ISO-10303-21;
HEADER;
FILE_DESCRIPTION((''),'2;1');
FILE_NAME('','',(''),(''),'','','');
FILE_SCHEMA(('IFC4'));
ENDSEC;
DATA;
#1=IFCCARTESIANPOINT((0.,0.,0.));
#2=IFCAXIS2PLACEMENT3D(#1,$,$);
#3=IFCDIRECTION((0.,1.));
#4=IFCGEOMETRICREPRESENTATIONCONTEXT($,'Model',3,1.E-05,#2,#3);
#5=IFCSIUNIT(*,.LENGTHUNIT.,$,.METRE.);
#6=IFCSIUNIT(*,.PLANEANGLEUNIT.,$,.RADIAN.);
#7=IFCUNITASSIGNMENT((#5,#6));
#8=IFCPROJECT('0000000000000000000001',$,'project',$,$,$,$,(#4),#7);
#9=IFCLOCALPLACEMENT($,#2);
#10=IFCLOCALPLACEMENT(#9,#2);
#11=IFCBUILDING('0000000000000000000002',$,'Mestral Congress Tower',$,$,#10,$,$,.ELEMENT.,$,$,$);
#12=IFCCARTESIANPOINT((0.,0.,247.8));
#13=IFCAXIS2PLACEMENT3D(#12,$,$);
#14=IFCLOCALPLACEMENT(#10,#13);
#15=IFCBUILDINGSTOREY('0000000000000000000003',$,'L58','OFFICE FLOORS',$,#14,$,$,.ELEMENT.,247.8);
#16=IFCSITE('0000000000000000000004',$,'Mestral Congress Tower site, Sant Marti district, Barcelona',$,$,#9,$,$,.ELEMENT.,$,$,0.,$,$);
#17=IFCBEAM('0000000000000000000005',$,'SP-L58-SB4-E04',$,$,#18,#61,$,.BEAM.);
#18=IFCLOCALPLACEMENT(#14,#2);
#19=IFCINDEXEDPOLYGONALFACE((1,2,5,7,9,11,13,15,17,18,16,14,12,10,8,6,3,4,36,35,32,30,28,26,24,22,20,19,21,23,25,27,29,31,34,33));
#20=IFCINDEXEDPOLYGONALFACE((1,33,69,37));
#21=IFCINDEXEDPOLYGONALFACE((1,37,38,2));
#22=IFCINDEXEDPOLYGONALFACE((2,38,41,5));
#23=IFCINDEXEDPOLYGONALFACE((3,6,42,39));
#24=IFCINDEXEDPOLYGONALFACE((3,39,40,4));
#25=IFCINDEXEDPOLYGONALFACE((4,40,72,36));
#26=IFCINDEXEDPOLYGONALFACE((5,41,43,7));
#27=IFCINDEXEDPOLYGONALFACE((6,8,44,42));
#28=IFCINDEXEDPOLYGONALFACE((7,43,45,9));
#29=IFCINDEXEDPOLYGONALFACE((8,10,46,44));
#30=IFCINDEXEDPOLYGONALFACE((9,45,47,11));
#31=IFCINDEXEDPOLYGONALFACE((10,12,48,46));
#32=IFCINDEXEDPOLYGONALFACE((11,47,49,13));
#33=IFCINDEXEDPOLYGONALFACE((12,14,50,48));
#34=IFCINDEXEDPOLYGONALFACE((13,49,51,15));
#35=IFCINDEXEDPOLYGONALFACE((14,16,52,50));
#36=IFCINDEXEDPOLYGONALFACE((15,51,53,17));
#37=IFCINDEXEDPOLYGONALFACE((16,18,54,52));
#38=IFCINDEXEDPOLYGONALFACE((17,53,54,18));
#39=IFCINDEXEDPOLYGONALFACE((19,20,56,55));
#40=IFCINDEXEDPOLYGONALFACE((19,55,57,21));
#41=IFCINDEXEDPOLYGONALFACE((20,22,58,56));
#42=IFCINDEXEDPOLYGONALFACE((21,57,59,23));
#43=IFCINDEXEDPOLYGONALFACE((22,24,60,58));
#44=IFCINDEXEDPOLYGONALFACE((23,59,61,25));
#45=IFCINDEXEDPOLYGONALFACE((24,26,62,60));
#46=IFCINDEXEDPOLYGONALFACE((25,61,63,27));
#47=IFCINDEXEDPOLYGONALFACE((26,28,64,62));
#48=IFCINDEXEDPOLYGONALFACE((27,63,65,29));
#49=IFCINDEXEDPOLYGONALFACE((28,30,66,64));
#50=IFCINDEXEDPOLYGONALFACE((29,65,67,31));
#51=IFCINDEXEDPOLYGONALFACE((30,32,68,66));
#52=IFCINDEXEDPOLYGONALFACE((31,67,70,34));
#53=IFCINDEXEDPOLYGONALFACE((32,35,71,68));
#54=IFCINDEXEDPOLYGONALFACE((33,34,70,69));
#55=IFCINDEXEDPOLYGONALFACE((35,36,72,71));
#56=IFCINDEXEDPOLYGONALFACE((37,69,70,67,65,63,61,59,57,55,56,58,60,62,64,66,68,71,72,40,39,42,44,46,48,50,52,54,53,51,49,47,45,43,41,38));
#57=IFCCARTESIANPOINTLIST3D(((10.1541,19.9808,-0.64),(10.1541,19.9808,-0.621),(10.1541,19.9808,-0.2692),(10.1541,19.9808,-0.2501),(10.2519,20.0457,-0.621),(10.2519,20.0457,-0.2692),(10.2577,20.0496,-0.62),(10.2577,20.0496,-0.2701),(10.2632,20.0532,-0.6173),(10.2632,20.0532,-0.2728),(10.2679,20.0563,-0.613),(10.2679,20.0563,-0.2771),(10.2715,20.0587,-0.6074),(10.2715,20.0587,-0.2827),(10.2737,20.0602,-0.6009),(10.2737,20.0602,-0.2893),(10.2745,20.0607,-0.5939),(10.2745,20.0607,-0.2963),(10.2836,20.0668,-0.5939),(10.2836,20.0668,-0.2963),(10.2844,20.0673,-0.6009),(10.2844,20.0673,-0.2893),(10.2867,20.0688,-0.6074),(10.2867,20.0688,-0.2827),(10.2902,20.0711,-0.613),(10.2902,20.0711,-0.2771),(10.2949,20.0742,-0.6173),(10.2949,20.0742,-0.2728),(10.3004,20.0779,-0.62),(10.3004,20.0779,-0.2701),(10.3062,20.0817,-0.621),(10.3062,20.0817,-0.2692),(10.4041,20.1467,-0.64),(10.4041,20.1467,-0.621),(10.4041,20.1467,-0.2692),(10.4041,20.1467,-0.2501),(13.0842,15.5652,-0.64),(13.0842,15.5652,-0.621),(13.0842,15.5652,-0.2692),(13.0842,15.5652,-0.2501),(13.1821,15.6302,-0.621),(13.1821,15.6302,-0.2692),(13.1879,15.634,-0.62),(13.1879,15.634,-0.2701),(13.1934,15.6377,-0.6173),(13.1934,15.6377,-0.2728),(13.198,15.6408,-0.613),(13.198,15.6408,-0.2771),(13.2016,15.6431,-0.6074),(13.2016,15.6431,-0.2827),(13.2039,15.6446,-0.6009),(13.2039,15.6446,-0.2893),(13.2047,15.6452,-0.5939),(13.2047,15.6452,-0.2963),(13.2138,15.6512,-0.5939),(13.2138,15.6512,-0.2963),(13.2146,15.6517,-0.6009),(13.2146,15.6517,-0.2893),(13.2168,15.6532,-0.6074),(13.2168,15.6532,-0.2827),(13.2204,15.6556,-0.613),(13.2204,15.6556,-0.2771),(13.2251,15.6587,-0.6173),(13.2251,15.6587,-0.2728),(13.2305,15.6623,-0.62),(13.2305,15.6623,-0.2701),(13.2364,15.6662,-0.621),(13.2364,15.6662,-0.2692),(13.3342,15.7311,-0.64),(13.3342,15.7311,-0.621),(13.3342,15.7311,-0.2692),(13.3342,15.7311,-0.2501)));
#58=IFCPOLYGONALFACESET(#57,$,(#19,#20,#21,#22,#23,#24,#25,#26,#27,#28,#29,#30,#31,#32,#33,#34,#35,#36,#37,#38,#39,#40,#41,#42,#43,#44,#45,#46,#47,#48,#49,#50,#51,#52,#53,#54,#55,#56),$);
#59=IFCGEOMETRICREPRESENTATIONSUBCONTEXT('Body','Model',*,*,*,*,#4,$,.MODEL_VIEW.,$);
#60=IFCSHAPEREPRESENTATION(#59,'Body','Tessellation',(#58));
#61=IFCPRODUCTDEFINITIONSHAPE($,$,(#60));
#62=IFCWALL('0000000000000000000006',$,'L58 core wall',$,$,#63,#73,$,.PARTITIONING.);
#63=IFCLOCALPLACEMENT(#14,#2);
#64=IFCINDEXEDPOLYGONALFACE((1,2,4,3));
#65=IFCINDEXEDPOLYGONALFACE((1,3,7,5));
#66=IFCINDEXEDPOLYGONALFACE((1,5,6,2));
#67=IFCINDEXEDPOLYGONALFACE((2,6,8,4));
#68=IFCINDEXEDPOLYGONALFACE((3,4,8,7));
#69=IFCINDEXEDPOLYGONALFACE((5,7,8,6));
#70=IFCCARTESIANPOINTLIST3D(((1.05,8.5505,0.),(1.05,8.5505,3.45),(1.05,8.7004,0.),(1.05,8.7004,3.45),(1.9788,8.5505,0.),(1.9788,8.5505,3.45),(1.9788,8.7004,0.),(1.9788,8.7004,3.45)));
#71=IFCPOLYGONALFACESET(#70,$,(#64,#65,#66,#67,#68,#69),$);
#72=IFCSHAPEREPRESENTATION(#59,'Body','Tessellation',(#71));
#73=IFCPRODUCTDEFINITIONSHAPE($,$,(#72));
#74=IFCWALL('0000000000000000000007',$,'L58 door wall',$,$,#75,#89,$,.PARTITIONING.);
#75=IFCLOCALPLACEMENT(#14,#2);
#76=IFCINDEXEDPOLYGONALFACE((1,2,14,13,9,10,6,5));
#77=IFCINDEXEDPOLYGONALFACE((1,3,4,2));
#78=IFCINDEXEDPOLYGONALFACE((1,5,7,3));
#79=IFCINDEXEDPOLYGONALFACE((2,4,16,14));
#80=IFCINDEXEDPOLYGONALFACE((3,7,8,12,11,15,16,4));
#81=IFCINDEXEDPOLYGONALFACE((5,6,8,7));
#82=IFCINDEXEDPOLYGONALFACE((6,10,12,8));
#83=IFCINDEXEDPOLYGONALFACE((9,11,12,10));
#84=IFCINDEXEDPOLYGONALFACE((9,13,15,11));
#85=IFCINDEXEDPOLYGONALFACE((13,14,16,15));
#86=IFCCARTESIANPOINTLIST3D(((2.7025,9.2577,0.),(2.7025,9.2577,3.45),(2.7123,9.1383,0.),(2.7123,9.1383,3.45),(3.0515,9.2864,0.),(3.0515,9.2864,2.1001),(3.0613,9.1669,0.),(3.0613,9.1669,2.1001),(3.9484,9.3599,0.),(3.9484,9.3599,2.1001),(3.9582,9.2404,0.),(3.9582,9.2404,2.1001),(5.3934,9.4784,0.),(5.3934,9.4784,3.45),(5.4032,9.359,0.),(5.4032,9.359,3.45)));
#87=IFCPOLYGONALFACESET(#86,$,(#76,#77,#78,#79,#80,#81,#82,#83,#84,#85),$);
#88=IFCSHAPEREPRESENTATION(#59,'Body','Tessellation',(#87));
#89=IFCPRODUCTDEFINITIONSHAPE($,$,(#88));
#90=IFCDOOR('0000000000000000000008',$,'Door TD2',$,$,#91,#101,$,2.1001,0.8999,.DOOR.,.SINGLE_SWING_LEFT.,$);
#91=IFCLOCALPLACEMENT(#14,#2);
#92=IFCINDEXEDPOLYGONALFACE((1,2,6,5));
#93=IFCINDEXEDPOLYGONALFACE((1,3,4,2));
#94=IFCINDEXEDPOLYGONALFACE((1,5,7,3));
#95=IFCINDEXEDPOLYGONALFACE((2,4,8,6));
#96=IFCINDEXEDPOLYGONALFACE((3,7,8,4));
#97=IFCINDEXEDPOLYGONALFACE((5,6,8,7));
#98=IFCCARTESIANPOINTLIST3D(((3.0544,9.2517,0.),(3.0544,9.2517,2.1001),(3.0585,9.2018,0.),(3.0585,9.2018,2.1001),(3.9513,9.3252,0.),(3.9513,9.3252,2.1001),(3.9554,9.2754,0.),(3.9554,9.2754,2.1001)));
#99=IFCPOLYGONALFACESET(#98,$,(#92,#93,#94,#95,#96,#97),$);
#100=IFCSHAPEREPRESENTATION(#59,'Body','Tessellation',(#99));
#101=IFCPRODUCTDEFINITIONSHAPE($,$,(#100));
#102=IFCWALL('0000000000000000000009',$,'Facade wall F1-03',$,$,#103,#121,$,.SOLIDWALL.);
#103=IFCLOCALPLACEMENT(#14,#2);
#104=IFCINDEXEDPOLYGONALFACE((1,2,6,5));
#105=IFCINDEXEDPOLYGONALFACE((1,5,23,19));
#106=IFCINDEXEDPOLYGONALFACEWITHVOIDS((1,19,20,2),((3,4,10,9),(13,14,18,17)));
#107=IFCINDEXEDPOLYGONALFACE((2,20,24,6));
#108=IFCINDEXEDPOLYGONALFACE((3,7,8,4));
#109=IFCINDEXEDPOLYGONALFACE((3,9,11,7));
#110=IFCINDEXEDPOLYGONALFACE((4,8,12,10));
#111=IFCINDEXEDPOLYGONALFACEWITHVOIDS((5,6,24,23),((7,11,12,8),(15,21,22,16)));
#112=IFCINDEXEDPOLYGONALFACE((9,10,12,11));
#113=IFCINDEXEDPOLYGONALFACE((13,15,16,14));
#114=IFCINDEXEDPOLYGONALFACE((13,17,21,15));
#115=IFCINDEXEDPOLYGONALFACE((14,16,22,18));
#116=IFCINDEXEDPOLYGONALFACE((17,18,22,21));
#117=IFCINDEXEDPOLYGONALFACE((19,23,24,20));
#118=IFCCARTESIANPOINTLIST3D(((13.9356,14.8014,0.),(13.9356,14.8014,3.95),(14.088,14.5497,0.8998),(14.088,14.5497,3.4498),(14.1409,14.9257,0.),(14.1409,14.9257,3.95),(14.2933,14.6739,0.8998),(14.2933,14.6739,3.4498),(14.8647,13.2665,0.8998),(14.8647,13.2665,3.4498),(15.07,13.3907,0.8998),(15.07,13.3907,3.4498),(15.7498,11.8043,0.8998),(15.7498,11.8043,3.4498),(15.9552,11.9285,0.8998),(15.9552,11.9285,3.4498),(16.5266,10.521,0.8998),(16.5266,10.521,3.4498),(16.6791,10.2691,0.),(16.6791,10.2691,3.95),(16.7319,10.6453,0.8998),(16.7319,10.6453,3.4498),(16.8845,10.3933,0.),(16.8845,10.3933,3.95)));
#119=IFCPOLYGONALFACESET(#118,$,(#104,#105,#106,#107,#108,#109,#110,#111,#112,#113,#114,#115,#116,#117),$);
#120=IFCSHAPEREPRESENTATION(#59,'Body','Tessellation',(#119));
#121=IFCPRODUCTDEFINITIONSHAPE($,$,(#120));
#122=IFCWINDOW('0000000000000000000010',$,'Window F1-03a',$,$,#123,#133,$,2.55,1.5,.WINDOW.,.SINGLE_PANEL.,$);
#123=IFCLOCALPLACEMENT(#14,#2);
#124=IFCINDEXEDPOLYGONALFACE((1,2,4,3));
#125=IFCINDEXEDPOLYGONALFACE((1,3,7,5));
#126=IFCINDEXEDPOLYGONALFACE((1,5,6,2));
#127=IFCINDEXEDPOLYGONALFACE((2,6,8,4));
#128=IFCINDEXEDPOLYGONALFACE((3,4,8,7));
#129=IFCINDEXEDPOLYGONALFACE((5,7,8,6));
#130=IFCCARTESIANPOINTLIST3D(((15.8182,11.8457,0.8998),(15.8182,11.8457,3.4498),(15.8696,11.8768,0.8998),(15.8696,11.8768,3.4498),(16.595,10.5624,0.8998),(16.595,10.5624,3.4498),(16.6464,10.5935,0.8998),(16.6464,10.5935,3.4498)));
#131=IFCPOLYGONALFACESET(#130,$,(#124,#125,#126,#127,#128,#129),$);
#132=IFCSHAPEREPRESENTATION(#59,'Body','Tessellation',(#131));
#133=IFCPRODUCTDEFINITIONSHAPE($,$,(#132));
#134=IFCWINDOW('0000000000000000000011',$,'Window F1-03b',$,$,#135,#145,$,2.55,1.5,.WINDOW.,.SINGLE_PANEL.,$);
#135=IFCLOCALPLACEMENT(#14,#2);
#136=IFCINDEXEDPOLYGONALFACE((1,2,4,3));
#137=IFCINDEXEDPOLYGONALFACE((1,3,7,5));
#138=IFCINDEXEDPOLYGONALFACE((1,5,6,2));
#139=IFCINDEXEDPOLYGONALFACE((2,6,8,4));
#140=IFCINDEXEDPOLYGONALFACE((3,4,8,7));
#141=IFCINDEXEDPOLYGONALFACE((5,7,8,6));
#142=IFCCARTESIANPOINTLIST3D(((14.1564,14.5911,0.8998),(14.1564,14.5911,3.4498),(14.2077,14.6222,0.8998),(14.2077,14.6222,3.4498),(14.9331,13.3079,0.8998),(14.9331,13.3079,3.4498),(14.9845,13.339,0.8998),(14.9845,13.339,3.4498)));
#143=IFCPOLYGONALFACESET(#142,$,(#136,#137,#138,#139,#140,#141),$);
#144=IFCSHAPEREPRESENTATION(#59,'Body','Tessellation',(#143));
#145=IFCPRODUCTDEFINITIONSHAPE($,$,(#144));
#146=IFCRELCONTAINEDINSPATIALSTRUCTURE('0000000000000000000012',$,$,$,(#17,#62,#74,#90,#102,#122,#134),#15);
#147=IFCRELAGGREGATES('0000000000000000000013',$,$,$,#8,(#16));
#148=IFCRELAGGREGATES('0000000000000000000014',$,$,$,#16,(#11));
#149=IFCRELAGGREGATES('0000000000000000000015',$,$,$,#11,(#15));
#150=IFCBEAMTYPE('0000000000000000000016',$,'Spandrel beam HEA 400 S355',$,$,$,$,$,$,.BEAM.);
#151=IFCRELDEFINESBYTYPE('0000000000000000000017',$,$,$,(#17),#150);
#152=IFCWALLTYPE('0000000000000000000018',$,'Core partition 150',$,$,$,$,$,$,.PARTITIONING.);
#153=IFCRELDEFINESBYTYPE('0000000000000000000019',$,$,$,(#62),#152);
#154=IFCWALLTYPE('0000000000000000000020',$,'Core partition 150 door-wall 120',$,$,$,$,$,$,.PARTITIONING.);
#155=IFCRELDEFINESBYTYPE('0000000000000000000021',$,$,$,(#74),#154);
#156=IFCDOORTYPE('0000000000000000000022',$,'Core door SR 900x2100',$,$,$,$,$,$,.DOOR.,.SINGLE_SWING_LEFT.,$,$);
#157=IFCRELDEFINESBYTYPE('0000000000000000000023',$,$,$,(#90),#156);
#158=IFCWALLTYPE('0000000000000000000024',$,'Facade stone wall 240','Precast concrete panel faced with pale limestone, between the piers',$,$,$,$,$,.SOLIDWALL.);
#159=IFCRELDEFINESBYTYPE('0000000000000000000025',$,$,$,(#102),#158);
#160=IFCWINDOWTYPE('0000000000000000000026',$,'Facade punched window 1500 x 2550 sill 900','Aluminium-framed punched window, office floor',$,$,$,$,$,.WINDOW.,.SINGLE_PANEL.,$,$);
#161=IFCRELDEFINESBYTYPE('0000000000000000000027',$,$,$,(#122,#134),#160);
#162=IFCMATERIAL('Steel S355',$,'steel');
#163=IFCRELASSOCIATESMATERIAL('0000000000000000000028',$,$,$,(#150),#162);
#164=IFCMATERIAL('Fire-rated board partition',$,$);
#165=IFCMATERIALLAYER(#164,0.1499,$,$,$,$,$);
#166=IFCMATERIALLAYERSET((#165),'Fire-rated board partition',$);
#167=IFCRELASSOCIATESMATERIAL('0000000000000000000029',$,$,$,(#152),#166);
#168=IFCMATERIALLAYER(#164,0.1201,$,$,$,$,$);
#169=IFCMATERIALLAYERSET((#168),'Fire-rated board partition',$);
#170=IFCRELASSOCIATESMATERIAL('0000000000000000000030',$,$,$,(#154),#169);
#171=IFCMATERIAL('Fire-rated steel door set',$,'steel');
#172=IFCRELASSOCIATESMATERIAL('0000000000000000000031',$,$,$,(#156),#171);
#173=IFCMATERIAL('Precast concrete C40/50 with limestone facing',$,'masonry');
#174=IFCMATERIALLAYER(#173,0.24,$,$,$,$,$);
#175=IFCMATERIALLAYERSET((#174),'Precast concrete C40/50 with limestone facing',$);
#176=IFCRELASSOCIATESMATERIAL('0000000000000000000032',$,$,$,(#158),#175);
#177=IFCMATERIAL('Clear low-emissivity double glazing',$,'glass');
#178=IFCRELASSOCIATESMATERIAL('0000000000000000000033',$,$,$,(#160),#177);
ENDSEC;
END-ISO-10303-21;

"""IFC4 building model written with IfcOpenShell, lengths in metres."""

from ifc_helpers import new_model, si_unit, direction, frame, frame_2d, origin, origin_2d, place, context, subcontext, project, spatial, rectangle, i_section, extrude, material, layer, layer_set, material_profile, profile_set, type_object, element, fill, save


model = new_model("IFC4")

# Units and contexts
model_context = context("Model", 3, precision=1e-05, world=origin(), true_north=direction((0.0, 1.0)))
body_context = subcontext(model_context, "Body", "Model", "MODEL_VIEW")
ifc_project = project(units=[si_unit("LENGTHUNIT", "METRE"), si_unit("PLANEANGLEUNIT", "RADIAN")], contexts=[model_context])

# Site, building, storey
site_placement = place(None, origin())
site = spatial("IfcSite", under=ifc_project, at=site_placement, Name="Mestral Congress Tower site, Sant Marti district, Barcelona", CompositionType="ELEMENT", RefElevation=0.0)
building_placement = place(site_placement, origin())
building = spatial("IfcBuilding", under=site, at=building_placement, Name="Mestral Congress Tower", CompositionType="ELEMENT")
storey_placement = place(building_placement, frame((0.0, 0.0, 247.8)))
storey = spatial("IfcBuildingStorey", under=building, at=storey_placement, Name="L58", Description="OFFICE FLOORS", CompositionType="ELEMENT", Elevation=247.8)

# Beam
ifc_material_1 = material(Name="Steel S355", Category="steel")
ifc_material_profile_1 = material_profile(ifc_material_1, i_section(OverallWidth=0.3, OverallDepth=0.3899, WebThickness=0.011, FlangeThickness=0.019, FilletRadius=0.0271, at=origin_2d()), Name="HEA 400")
ifc_profile_set_1 = profile_set([ifc_material_profile_1], Name="Steel S355")
beam_type_1 = type_object("IfcBeamType", Name="Spandrel beam HEA 400 S355", PredefinedType="BEAM", material=ifc_profile_set_1)
for number, where, z_axis, x_axis, name in (
    (1, (13.2092, 15.6482, -0.4451), (-0.552934, 0.833225, 0.0), (-0.833225, -0.552934, 0.0), "SP-L58-SB4-E04"),
):
    element("IfcBeam", number, at=place(storey_placement, frame(where, z_axis=z_axis, x_axis=x_axis)), inside=storey, type_object=beam_type_1, Name=name, PredefinedType="BEAM", context=body_context, shape_type="SweptSolid", body=[
        extrude(i_section(OverallWidth=0.3, OverallDepth=0.3899, WebThickness=0.011, FlangeThickness=0.019, FilletRadius=0.0271, at=origin_2d()), origin(), (0.0, 0.0, 1.0), 5.2993),
    ])

# Wall
ifc_material_2 = material(Name="Fire-rated board partition")
ifc_layer_1 = layer(ifc_material_2, 0.1499)
ifc_layer_set_1 = layer_set([ifc_layer_1], Name="Fire-rated board partition")
wall_type_1 = type_object("IfcWallType", Name="Core partition 150", PredefinedType="PARTITIONING", material=ifc_layer_set_1)
wall_1_placement = place(storey_placement, frame((1.05, 8.6255, 0.0), z_axis=(0.0, 0.0, 1.0), x_axis=(1.0, 0.0, 0.0)))
element("IfcWall", 2, at=wall_1_placement, inside=storey, type_object=wall_type_1, Name="L58 core wall", PredefinedType="PARTITIONING", context=body_context, shape_type="SweptSolid", body=[
    extrude(rectangle(XDim=0.9287, YDim=0.1499, at=frame_2d((0.4644, 0.0))), origin(), (0.0, 0.0, 1.0), 3.45),
])

# Wall, opening, door
ifc_layer_2 = layer(ifc_material_2, 0.1201)
ifc_layer_set_2 = layer_set([ifc_layer_2], Name="Fire-rated board partition")
wall_type_2 = type_object("IfcWallType", Name="Core partition 150 door-wall 120", PredefinedType="PARTITIONING", material=ifc_layer_set_2)
wall_2_placement = place(storey_placement, frame((5.3984, 9.4187, 0.0), z_axis=(0.0, 0.0, 1.0), x_axis=(-0.996653, -0.081743, 0.0)))
wall_2 = element("IfcWall", 3, at=wall_2_placement, inside=storey, type_object=wall_type_2, Name="L58 door wall", PredefinedType="PARTITIONING", context=body_context, shape_type="SweptSolid", body=[
    extrude(rectangle(XDim=2.7, YDim=0.1199, at=frame_2d((1.3501, 0.0))), origin(), (0.0, 0.0, 1.0), 3.45),
])
opening_1_placement = place(wall_2_placement, frame((1.45, 0.0, 0.0)))
opening_1 = element("IfcOpeningElement", 4, at=opening_1_placement, cuts=wall_2, PredefinedType="OPENING", context=body_context, shape_type="SweptSolid", body=[
    extrude(rectangle(XDim=0.8999, YDim=2.1001, at=frame_2d((0.45, 1.05))), frame((0.0, 0.0698, 0.0), z_axis=(0.0, -1.0, 0.0), x_axis=(1.0, 0.0, 0.0)), (0.0, 0.0, 1.0), 0.1399),
])
ifc_material_3 = material(Name="Fire-rated steel door set", Category="steel")
door_type_1 = type_object("IfcDoorType", Name="Core door SR 900x2100", OperationType="SINGLE_SWING_LEFT", PredefinedType="DOOR", material=ifc_material_3)
door_1_placement = place(opening_1_placement, origin())
door_1 = element("IfcDoor", 5, at=door_1_placement, inside=storey, type_object=door_type_1, Name="Door TD2", OperationType="SINGLE_SWING_LEFT", OverallHeight=2.1001, OverallWidth=0.8999, PredefinedType="DOOR", context=body_context, shape_type="SweptSolid", body=[
    extrude(rectangle(XDim=0.8999, YDim=2.1001, at=frame_2d((0.45, 1.05))), frame((0.0, 0.0249, 0.0), z_axis=(0.0, -1.0, 0.0), x_axis=(1.0, 0.0, 0.0)), (0.0, 0.0, 1.0), 0.05),
])
fill(opening_1, door_1)

# Wall, openings, windows
ifc_material_4 = material(Name="Precast concrete C40/50 with limestone facing", Category="masonry")
ifc_layer_3 = layer(ifc_material_4, 0.24)
ifc_layer_set_3 = layer_set([ifc_layer_3], Name="Precast concrete C40/50 with limestone facing")
wall_type_3 = type_object("IfcWallType", Name="Facade stone wall 240", Description="Precast concrete panel faced with pale limestone, between the piers", PredefinedType="SOLIDWALL", material=ifc_layer_set_3)
wall_3_placement = place(storey_placement, frame((16.7817, 10.3313, 0.0), z_axis=(0.0, 0.0, 1.0), x_axis=(-0.517846, 0.855474, 0.0)))
wall_3 = element("IfcWall", 6, at=wall_3_placement, inside=storey, type_object=wall_type_3, Name="Facade wall F1-03", PredefinedType="SOLIDWALL", context=body_context, shape_type="SweptSolid", body=[
    extrude(rectangle(XDim=5.2981, YDim=0.24, at=frame_2d((2.6489, 0.0))), origin(), (0.0, 0.0, 1.0), 3.95),
])
opening_2_placement = place(wall_3_placement, frame((0.2944, 0.0, 0.8999)))
opening_2 = element("IfcOpeningElement", 7, at=opening_2_placement, cuts=wall_3, PredefinedType="OPENING", context=body_context, shape_type="SweptSolid", body=[
    extrude(rectangle(XDim=1.5, YDim=2.55, at=frame_2d((0.75, 1.2749))), frame((0.0, 0.1299, 0.0), z_axis=(0.0, -1.0, 0.0), x_axis=(1.0, 0.0, 0.0)), (0.0, 0.0, 1.0), 0.26),
])
opening_3_placement = place(wall_3_placement, frame((3.5037, 0.0, 0.8999)))
opening_3 = element("IfcOpeningElement", 8, at=opening_3_placement, cuts=wall_3, PredefinedType="OPENING", context=body_context, shape_type="SweptSolid", body=[
    extrude(rectangle(XDim=1.5, YDim=2.55, at=frame_2d((0.75, 1.2749))), frame((0.0, 0.1299, 0.0), z_axis=(0.0, -1.0, 0.0), x_axis=(1.0, 0.0, 0.0)), (0.0, 0.0, 1.0), 0.26),
])
ifc_material_5 = material(Name="Clear low-emissivity double glazing", Category="glass")
window_type = type_object("IfcWindowType", Name="Facade punched window 1500 x 2550 sill 900", Description="Aluminium-framed punched window, office floor", PartitioningType="SINGLE_PANEL", PredefinedType="WINDOW", material=ifc_material_5)
window_1_placement = place(opening_2_placement, origin())
window_1 = element("IfcWindow", 9, at=window_1_placement, inside=storey, type_object=window_type, Name="Window F1-03a", OverallHeight=2.55, OverallWidth=1.5, PartitioningType="SINGLE_PANEL", PredefinedType="WINDOW", context=body_context, shape_type="SweptSolid", body=[
    extrude(rectangle(XDim=1.5, YDim=2.55, at=frame_2d((0.75, 1.2749))), frame((0.0, 0.04, 0.0), z_axis=(0.0, -1.0, 0.0), x_axis=(1.0, 0.0, 0.0)), (0.0, 0.0, 1.0), 0.0601),
])
fill(opening_2, window_1)
window_2_placement = place(opening_3_placement, origin())
window_2 = element("IfcWindow", 10, at=window_2_placement, inside=storey, type_object=window_type, Name="Window F1-03b", OverallHeight=2.55, OverallWidth=1.5, PartitioningType="SINGLE_PANEL", PredefinedType="WINDOW", context=body_context, shape_type="SweptSolid", body=[
    extrude(rectangle(XDim=1.5, YDim=2.55, at=frame_2d((0.75, 1.2749))), frame((0.0, 0.04, 0.0), z_axis=(0.0, -1.0, 0.0), x_axis=(1.0, 0.0, 0.0)), (0.0, 0.0, 1.0), 0.0601),
])
fill(opening_3, window_2)

save(model, "model.ifc")
